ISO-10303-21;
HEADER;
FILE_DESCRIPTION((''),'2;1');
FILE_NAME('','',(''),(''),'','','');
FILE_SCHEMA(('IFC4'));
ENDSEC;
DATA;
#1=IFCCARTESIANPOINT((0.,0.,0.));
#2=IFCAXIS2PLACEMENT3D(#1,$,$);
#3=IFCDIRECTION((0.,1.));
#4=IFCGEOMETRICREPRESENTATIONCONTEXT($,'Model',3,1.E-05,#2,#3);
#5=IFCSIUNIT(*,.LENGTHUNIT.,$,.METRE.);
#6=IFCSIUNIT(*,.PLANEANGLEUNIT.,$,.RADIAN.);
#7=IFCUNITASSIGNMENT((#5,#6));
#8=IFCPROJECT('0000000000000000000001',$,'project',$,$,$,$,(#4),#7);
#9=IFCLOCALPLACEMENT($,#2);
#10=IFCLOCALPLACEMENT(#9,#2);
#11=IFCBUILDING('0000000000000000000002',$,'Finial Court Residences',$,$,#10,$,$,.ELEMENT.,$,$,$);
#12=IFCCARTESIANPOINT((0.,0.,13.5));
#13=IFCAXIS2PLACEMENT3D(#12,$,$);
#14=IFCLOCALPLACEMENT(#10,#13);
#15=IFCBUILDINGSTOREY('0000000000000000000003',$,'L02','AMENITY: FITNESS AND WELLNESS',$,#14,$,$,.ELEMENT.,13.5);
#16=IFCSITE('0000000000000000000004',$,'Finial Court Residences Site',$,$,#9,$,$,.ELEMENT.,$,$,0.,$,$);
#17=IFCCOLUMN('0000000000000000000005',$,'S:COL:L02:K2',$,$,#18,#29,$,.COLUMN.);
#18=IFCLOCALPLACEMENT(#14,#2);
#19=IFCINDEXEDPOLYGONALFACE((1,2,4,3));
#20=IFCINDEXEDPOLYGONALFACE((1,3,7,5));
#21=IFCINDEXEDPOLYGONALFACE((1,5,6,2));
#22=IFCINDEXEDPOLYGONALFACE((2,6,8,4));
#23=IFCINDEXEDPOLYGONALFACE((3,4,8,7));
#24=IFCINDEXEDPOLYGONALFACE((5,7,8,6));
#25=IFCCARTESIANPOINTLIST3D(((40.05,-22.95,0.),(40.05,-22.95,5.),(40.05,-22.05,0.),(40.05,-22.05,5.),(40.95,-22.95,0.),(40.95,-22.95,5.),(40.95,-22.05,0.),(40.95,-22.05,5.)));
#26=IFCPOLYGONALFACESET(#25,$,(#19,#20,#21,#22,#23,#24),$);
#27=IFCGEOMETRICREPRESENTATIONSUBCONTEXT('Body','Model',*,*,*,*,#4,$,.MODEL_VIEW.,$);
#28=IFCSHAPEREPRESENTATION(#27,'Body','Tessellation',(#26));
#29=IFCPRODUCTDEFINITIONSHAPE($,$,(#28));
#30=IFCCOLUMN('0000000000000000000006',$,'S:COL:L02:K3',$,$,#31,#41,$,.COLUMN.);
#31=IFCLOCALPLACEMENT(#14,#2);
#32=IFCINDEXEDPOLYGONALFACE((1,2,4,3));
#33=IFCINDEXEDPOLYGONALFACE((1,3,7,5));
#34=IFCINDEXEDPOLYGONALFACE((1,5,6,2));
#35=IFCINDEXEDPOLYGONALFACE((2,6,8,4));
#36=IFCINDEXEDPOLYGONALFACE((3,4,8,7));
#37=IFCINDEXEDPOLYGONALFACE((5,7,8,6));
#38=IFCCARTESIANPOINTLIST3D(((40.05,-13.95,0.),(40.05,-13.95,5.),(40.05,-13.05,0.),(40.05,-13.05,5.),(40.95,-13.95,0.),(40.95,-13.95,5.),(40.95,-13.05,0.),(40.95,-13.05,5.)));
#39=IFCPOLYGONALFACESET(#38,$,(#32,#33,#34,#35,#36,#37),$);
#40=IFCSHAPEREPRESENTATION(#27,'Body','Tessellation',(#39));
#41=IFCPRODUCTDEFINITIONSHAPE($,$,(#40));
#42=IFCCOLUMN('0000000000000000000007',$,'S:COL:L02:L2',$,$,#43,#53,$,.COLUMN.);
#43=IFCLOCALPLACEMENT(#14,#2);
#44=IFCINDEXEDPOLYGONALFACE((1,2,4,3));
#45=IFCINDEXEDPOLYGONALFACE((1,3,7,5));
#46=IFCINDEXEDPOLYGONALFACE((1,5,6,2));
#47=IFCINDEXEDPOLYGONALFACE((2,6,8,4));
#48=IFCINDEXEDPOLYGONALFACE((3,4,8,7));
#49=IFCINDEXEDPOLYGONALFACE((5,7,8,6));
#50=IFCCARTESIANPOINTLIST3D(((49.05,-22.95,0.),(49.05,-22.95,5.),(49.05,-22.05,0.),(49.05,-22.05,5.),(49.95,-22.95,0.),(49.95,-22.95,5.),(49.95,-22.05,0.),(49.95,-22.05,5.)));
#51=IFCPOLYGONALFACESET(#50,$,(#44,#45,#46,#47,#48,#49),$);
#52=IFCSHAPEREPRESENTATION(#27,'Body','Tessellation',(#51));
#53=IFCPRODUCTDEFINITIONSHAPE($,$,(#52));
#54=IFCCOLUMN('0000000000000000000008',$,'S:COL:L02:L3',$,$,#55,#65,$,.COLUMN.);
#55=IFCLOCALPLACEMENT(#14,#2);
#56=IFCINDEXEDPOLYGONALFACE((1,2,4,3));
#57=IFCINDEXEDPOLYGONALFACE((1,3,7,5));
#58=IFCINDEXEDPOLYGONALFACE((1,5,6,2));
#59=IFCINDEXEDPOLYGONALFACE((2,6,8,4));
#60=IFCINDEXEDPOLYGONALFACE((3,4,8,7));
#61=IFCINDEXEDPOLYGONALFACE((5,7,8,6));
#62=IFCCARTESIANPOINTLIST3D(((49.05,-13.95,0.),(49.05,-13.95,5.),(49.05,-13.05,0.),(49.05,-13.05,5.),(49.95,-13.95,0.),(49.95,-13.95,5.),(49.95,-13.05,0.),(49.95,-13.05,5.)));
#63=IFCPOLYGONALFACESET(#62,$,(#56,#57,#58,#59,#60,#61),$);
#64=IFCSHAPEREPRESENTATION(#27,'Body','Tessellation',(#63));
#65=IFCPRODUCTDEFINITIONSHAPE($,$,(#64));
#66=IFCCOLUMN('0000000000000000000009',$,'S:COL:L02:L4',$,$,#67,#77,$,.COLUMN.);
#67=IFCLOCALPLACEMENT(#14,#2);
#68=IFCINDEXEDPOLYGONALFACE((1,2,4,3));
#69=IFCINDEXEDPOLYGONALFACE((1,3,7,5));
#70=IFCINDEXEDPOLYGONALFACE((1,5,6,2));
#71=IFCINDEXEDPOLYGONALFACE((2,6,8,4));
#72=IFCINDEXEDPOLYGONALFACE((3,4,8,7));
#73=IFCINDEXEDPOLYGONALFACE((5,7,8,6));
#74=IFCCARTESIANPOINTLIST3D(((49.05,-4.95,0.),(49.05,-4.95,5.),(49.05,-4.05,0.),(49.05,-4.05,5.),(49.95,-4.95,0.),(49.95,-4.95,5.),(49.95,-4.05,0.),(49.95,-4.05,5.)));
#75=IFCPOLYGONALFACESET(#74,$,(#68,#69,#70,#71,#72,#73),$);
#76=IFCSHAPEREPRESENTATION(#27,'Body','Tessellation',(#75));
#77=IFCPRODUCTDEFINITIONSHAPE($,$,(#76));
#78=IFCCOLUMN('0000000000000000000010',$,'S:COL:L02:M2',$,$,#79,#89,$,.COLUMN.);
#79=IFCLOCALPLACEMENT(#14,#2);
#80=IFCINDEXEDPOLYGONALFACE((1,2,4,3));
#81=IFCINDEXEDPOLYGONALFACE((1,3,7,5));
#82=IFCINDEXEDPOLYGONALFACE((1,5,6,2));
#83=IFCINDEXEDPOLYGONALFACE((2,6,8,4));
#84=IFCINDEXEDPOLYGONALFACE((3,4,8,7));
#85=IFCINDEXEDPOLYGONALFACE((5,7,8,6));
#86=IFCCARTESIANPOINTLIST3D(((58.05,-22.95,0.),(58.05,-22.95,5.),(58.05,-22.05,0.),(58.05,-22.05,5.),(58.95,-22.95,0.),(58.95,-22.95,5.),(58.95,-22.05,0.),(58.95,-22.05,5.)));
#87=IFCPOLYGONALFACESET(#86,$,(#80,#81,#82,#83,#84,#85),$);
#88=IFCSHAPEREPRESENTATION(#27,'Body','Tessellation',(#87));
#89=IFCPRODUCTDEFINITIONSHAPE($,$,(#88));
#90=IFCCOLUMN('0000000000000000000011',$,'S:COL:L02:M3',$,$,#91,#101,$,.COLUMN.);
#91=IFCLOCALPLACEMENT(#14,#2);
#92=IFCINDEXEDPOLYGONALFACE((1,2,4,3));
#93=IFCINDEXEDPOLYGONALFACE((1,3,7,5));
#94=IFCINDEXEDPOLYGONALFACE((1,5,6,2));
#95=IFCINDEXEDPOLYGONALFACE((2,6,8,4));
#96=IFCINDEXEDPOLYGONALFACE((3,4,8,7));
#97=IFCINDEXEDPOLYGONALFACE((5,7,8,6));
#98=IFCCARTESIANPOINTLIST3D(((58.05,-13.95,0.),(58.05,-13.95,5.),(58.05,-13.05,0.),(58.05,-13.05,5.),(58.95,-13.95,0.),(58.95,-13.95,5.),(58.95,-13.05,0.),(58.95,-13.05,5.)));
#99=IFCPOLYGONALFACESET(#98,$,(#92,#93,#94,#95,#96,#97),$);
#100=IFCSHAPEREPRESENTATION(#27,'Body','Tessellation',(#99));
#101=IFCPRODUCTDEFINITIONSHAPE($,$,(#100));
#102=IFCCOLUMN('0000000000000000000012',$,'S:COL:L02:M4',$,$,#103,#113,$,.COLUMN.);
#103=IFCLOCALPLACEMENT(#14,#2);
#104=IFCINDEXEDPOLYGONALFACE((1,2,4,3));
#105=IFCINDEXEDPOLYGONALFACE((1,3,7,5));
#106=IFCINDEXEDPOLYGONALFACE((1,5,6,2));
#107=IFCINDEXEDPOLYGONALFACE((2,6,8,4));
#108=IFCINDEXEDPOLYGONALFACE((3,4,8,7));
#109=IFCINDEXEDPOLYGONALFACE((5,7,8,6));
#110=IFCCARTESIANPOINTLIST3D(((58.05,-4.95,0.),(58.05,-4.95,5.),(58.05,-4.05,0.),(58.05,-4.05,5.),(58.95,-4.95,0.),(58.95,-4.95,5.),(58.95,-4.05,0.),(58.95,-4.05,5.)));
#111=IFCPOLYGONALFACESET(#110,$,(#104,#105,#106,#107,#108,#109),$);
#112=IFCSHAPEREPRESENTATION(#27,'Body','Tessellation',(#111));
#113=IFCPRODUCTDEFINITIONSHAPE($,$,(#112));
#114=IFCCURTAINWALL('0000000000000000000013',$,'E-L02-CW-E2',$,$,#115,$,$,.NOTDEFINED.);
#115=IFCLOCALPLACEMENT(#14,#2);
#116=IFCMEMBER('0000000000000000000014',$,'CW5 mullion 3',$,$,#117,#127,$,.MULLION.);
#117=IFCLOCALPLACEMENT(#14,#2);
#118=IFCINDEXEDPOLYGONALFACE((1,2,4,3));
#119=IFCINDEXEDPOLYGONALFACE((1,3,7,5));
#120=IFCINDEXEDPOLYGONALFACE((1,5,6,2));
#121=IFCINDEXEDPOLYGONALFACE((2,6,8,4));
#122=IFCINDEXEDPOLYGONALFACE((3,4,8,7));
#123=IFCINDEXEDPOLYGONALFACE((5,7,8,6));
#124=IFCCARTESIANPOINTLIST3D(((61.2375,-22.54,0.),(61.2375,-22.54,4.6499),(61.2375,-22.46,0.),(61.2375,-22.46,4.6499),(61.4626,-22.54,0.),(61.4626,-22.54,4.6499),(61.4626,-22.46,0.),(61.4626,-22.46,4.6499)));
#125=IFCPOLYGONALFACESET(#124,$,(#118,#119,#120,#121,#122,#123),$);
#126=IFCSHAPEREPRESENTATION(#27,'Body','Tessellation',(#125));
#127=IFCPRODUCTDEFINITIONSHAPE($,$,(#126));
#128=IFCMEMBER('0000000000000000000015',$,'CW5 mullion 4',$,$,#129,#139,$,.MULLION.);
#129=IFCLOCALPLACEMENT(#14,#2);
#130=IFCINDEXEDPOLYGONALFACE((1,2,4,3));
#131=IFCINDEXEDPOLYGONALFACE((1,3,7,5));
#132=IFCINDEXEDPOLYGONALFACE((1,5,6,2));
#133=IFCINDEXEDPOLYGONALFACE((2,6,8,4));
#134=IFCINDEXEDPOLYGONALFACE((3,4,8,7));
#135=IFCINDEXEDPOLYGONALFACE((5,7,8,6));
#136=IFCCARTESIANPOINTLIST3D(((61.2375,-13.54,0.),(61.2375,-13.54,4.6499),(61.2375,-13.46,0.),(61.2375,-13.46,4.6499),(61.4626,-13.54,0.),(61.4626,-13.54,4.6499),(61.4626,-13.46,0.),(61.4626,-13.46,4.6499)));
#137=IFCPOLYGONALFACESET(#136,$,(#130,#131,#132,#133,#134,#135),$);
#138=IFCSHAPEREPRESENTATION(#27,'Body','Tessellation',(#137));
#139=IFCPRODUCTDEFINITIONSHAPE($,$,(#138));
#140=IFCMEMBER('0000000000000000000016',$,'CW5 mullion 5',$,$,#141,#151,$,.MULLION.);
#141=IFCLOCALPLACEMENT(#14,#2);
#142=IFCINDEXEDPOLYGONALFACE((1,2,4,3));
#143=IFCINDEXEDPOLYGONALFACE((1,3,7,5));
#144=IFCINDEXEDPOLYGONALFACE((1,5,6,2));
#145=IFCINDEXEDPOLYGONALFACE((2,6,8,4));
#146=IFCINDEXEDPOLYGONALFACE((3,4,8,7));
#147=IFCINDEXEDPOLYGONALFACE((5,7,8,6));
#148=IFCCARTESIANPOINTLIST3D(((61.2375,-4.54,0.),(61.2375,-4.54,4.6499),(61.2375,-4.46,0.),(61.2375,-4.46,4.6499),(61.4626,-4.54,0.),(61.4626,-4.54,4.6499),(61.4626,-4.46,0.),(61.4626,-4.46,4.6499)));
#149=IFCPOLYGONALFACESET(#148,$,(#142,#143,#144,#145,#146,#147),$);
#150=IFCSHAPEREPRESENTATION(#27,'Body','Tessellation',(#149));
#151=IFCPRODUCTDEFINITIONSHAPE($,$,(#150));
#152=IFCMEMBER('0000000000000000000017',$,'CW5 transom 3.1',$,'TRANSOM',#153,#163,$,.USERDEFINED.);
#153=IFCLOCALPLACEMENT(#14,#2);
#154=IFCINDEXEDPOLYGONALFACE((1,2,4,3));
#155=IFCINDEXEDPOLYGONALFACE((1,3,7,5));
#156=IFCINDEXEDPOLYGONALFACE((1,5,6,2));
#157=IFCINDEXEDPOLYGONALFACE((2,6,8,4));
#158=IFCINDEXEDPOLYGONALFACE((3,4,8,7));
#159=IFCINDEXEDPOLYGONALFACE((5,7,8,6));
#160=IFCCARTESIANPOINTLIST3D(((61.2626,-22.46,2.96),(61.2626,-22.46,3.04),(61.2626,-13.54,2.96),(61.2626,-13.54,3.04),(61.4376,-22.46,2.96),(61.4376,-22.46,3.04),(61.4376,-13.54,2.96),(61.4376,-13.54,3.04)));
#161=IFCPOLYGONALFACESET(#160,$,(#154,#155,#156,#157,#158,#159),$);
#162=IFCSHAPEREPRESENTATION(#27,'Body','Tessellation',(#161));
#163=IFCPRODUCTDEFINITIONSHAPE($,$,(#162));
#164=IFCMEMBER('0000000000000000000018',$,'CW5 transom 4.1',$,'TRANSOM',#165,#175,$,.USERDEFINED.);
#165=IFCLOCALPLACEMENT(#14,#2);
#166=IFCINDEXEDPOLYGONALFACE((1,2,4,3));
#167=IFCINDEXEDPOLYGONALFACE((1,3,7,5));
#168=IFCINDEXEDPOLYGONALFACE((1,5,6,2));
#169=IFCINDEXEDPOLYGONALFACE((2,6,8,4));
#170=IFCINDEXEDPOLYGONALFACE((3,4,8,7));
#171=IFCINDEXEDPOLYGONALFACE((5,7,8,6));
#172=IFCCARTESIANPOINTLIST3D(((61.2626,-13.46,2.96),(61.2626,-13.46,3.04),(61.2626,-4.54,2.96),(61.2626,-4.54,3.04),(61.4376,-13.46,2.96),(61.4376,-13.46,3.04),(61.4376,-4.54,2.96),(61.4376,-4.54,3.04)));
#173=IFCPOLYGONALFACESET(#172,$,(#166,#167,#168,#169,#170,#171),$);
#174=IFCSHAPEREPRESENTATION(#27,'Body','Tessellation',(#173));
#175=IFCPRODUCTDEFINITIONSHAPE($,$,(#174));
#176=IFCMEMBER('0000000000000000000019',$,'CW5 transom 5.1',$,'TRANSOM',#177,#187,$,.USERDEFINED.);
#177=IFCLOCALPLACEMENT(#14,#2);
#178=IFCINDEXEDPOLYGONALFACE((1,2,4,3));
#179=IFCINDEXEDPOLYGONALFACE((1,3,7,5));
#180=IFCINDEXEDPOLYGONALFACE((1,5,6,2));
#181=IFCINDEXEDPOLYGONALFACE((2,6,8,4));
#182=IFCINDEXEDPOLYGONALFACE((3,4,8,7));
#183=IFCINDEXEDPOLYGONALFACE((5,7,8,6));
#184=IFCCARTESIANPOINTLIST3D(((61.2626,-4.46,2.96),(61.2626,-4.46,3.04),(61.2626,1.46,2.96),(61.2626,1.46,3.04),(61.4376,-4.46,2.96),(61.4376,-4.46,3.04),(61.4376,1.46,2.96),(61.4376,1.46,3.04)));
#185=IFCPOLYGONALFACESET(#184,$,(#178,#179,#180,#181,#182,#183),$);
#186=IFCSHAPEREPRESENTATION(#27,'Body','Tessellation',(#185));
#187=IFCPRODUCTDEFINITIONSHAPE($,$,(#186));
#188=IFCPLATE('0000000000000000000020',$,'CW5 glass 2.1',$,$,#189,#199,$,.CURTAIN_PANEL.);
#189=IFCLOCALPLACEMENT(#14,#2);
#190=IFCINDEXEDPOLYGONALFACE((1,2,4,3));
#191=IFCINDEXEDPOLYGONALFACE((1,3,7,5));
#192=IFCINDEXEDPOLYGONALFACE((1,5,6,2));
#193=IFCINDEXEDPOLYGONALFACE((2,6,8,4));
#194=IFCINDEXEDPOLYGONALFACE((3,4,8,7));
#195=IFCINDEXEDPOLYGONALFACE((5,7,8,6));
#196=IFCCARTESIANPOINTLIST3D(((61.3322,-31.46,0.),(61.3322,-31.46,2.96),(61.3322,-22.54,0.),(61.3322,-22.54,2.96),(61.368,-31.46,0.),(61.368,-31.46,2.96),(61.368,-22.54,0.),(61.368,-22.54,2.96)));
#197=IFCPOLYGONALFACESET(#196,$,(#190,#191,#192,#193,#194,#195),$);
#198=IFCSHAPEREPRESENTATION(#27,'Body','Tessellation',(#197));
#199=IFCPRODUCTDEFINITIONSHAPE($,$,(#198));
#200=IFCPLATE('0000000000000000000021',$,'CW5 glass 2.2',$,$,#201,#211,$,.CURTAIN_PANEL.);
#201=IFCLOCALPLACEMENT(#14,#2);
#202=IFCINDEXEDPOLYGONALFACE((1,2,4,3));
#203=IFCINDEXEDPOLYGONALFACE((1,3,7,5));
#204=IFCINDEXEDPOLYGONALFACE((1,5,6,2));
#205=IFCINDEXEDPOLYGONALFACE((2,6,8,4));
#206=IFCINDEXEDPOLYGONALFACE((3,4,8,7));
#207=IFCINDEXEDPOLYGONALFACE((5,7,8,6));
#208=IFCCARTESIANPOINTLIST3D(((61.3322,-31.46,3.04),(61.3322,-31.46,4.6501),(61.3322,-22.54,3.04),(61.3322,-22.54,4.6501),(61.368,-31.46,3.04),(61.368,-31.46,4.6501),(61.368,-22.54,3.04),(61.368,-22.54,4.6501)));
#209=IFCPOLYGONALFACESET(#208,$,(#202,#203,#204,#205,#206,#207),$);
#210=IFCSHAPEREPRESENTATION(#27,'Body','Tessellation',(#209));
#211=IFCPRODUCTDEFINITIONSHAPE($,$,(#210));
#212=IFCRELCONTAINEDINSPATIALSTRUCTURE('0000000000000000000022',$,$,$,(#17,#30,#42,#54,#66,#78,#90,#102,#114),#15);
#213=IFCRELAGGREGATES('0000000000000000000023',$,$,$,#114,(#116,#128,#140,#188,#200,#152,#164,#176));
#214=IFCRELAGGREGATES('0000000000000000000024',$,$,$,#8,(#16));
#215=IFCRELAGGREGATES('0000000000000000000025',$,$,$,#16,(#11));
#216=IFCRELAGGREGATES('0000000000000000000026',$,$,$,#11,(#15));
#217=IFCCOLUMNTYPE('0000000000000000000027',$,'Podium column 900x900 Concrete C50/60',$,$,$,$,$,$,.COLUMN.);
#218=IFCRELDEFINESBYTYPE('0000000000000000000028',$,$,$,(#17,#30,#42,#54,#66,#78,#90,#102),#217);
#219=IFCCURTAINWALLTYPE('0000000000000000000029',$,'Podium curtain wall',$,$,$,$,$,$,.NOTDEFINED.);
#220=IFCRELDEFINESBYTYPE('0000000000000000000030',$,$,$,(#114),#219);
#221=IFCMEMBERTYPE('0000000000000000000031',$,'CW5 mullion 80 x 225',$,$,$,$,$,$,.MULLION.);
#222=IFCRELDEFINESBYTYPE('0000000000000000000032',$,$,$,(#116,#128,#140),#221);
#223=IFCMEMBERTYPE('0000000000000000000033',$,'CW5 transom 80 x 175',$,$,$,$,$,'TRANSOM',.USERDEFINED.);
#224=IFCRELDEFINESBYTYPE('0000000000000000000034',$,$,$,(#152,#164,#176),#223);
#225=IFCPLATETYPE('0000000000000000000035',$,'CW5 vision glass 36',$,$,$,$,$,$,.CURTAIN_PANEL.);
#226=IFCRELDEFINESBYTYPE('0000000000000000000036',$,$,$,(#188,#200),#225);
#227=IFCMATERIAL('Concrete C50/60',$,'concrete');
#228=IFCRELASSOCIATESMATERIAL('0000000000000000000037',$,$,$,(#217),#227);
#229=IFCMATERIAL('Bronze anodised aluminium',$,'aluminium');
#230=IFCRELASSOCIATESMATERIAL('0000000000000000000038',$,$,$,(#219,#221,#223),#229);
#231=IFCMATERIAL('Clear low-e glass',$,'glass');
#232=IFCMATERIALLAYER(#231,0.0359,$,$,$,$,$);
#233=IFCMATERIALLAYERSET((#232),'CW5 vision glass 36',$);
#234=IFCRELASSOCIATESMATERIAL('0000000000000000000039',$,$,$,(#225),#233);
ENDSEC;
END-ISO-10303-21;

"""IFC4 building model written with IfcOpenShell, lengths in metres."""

from ifc_helpers import new_model, si_unit, direction, frame, origin, origin_2d, place, context, subcontext, project, spatial, rectangle, extrude, material, layer, layer_set, material_profile, profile_set, type_object, element, aggregate, save


model = new_model("IFC4")

# Units and contexts
model_context = context("Model", 3, precision=1e-05, world=origin(), true_north=direction((0.0, 1.0)))
body_context = subcontext(model_context, "Body", "Model", "MODEL_VIEW")
ifc_project = project(units=[si_unit("LENGTHUNIT", "METRE"), si_unit("PLANEANGLEUNIT", "RADIAN")], contexts=[model_context])

# Site, building, storey
site_placement = place(None, origin())
site = spatial("IfcSite", under=ifc_project, at=site_placement, Name="Finial Court Residences Site", CompositionType="ELEMENT", RefElevation=0.0)
building_placement = place(site_placement, origin())
building = spatial("IfcBuilding", under=site, at=building_placement, Name="Finial Court Residences", CompositionType="ELEMENT")
storey_placement = place(building_placement, frame((0.0, 0.0, 13.5)))
storey = spatial("IfcBuildingStorey", under=building, at=storey_placement, Name="L02", Description="AMENITY: FITNESS AND WELLNESS", CompositionType="ELEMENT", Elevation=13.5)

# Columns
ifc_material_1 = material(Name="Concrete C50/60", Category="concrete")
ifc_material_profile_1 = material_profile(ifc_material_1, rectangle(XDim=0.8999, YDim=0.8999, at=origin_2d()), Name="900x900")
ifc_profile_set_1 = profile_set([ifc_material_profile_1], Name="Concrete C50/60")
column_type = type_object("IfcColumnType", Name="Podium column 900x900 Concrete C50/60", PredefinedType="COLUMN", material=ifc_profile_set_1)
for number, where, z_axis, x_axis, name in (
    (1, (40.5, -22.5, 0.0), (0.0, 0.0, 1.0), (1.0, 0.0, 0.0), "S:COL:L02:K2"),
    (2, (40.5, -13.5, 0.0), (0.0, 0.0, 1.0), (1.0, 0.0, 0.0), "S:COL:L02:K3"),
    (3, (49.5, -22.5, 0.0), (0.0, 0.0, 1.0), (1.0, 0.0, 0.0), "S:COL:L02:L2"),
    (4, (49.5, -13.5, 0.0), (0.0, 0.0, 1.0), (1.0, 0.0, 0.0), "S:COL:L02:L3"),
    (5, (49.5, -4.5, 0.0), (0.0, 0.0, 1.0), (1.0, 0.0, 0.0), "S:COL:L02:L4"),
    (6, (58.5, -22.5, 0.0), (0.0, 0.0, 1.0), (1.0, 0.0, 0.0), "S:COL:L02:M2"),
    (7, (58.5, -13.5, 0.0), (0.0, 0.0, 1.0), (1.0, 0.0, 0.0), "S:COL:L02:M3"),
    (8, (58.5, -4.5, 0.0), (0.0, 0.0, 1.0), (1.0, 0.0, 0.0), "S:COL:L02:M4"),
):
    element("IfcColumn", number, at=place(storey_placement, frame(where, z_axis=z_axis, x_axis=x_axis)), inside=storey, type_object=column_type, Name=name, PredefinedType="COLUMN", context=body_context, shape_type="SweptSolid", body=[
        extrude(rectangle(XDim=0.8999, YDim=0.8999, at=origin_2d()), origin(), (0.0, 0.0, 1.0), 5.0),
    ])

# Curtain wall, members, plates
ifc_material_2 = material(Name="Bronze anodised aluminium", Category="aluminium")
curtain_wall_type = type_object("IfcCurtainWallType", Name="Podium curtain wall", PredefinedType="NOTDEFINED", material=ifc_material_2)
curtain_wall_placement = place(storey_placement, origin())
curtain_wall = element("IfcCurtainWall", 9, at=curtain_wall_placement, inside=storey, type_object=curtain_wall_type, Name="E-L02-CW-E2", PredefinedType="NOTDEFINED")
ifc_material_profile_2 = material_profile(ifc_material_2, rectangle(XDim=0.2251, YDim=0.0801, at=origin_2d()), Name="CW5 mullion 80 x 225")
ifc_profile_set_2 = profile_set([ifc_material_profile_2], Name="Bronze anodised aluminium")
member_type_1 = type_object("IfcMemberType", Name="CW5 mullion 80 x 225", PredefinedType="MULLION", material=ifc_profile_set_2)
member_1_placement = place(storey_placement, frame((61.3501, -22.5, 0.0), z_axis=(0.0, 0.0, 1.0), x_axis=(-1.0, 0.0, 0.0)))
member_1 = element("IfcMember", 10, at=member_1_placement, type_object=member_type_1, Name="CW5 mullion 3", PredefinedType="MULLION", context=body_context, shape_type="SweptSolid", body=[
    extrude(rectangle(XDim=0.2251, YDim=0.0801, at=origin_2d()), origin(), (0.0, 0.0, 1.0), 4.6499),
])
member_2_placement = place(storey_placement, frame((61.3501, -13.5, 0.0), z_axis=(0.0, 0.0, 1.0), x_axis=(-1.0, 0.0, 0.0)))
member_2 = element("IfcMember", 11, at=member_2_placement, type_object=member_type_1, Name="CW5 mullion 4", PredefinedType="MULLION", context=body_context, shape_type="SweptSolid", body=[
    extrude(rectangle(XDim=0.2251, YDim=0.0801, at=origin_2d()), origin(), (0.0, 0.0, 1.0), 4.6499),
])
member_3_placement = place(storey_placement, frame((61.3501, -4.5, 0.0), z_axis=(0.0, 0.0, 1.0), x_axis=(-1.0, 0.0, 0.0)))
member_3 = element("IfcMember", 12, at=member_3_placement, type_object=member_type_1, Name="CW5 mullion 5", PredefinedType="MULLION", context=body_context, shape_type="SweptSolid", body=[
    extrude(rectangle(XDim=0.2251, YDim=0.0801, at=origin_2d()), origin(), (0.0, 0.0, 1.0), 4.6499),
])
ifc_material_profile_3 = material_profile(ifc_material_2, rectangle(XDim=0.175, YDim=0.0801, at=origin_2d()), Name="CW5 transom 80 x 175")
ifc_profile_set_3 = profile_set([ifc_material_profile_3], Name="Bronze anodised aluminium")
member_type_2 = type_object("IfcMemberType", Name="CW5 transom 80 x 175", ElementType="TRANSOM", PredefinedType="USERDEFINED", material=ifc_profile_set_3)
member_4_placement = place(storey_placement, frame((61.3501, -22.46, 3.0), z_axis=(0.0, 1.0, 0.0), x_axis=(-1.0, 0.0, 0.0)))
member_4 = element("IfcMember", 13, at=member_4_placement, type_object=member_type_2, Name="CW5 transom 3.1", ObjectType="TRANSOM", PredefinedType="USERDEFINED", context=body_context, shape_type="SweptSolid", body=[
    extrude(rectangle(XDim=0.175, YDim=0.0801, at=origin_2d()), origin(), (0.0, 0.0, 1.0), 8.9199),
])
member_5_placement = place(storey_placement, frame((61.3501, -13.46, 3.0), z_axis=(0.0, 1.0, 0.0), x_axis=(-1.0, 0.0, 0.0)))
member_5 = element("IfcMember", 14, at=member_5_placement, type_object=member_type_2, Name="CW5 transom 4.1", ObjectType="TRANSOM", PredefinedType="USERDEFINED", context=body_context, shape_type="SweptSolid", body=[
    extrude(rectangle(XDim=0.175, YDim=0.0801, at=origin_2d()), origin(), (0.0, 0.0, 1.0), 8.9199),
])
member_6_placement = place(storey_placement, frame((61.3501, -4.46, 3.0), z_axis=(0.0, 1.0, 0.0), x_axis=(-1.0, 0.0, 0.0)))
member_6 = element("IfcMember", 15, at=member_6_placement, type_object=member_type_2, Name="CW5 transom 5.1", ObjectType="TRANSOM", PredefinedType="USERDEFINED", context=body_context, shape_type="SweptSolid", body=[
    extrude(rectangle(XDim=0.175, YDim=0.0801, at=origin_2d()), origin(), (0.0, 0.0, 1.0), 5.9199),
])
ifc_material_3 = material(Name="Clear low-e glass", Category="glass")
ifc_layer_1 = layer(ifc_material_3, 0.0359)
ifc_layer_set_1 = layer_set([ifc_layer_1], Name="CW5 vision glass 36")
plate_type = type_object("IfcPlateType", Name="CW5 vision glass 36", PredefinedType="CURTAIN_PANEL", material=ifc_layer_set_1)
plate_1_placement = place(storey_placement, frame((61.3501, -27.0, 0.0), z_axis=(0.0, 0.0, 1.0), x_axis=(0.0, 1.0, 0.0)))
plate_1 = element("IfcPlate", 16, at=plate_1_placement, type_object=plate_type, Name="CW5 glass 2.1", PredefinedType="CURTAIN_PANEL", context=body_context, shape_type="SweptSolid", body=[
    extrude(rectangle(XDim=8.9199, YDim=0.0359, at=origin_2d()), origin(), (0.0, 0.0, 1.0), 2.96),
])
plate_2_placement = place(storey_placement, frame((61.3501, -27.0, 3.04), z_axis=(0.0, 0.0, 1.0), x_axis=(0.0, 1.0, 0.0)))
plate_2 = element("IfcPlate", 17, at=plate_2_placement, type_object=plate_type, Name="CW5 glass 2.2", PredefinedType="CURTAIN_PANEL", context=body_context, shape_type="SweptSolid", body=[
    extrude(rectangle(XDim=8.9199, YDim=0.0359, at=origin_2d()), origin(), (0.0, 0.0, 1.0), 1.6101),
])
aggregate(curtain_wall, [member_1, member_2, member_3, plate_1, plate_2, member_4, member_5, member_6])

save(model, "model.ifc")
